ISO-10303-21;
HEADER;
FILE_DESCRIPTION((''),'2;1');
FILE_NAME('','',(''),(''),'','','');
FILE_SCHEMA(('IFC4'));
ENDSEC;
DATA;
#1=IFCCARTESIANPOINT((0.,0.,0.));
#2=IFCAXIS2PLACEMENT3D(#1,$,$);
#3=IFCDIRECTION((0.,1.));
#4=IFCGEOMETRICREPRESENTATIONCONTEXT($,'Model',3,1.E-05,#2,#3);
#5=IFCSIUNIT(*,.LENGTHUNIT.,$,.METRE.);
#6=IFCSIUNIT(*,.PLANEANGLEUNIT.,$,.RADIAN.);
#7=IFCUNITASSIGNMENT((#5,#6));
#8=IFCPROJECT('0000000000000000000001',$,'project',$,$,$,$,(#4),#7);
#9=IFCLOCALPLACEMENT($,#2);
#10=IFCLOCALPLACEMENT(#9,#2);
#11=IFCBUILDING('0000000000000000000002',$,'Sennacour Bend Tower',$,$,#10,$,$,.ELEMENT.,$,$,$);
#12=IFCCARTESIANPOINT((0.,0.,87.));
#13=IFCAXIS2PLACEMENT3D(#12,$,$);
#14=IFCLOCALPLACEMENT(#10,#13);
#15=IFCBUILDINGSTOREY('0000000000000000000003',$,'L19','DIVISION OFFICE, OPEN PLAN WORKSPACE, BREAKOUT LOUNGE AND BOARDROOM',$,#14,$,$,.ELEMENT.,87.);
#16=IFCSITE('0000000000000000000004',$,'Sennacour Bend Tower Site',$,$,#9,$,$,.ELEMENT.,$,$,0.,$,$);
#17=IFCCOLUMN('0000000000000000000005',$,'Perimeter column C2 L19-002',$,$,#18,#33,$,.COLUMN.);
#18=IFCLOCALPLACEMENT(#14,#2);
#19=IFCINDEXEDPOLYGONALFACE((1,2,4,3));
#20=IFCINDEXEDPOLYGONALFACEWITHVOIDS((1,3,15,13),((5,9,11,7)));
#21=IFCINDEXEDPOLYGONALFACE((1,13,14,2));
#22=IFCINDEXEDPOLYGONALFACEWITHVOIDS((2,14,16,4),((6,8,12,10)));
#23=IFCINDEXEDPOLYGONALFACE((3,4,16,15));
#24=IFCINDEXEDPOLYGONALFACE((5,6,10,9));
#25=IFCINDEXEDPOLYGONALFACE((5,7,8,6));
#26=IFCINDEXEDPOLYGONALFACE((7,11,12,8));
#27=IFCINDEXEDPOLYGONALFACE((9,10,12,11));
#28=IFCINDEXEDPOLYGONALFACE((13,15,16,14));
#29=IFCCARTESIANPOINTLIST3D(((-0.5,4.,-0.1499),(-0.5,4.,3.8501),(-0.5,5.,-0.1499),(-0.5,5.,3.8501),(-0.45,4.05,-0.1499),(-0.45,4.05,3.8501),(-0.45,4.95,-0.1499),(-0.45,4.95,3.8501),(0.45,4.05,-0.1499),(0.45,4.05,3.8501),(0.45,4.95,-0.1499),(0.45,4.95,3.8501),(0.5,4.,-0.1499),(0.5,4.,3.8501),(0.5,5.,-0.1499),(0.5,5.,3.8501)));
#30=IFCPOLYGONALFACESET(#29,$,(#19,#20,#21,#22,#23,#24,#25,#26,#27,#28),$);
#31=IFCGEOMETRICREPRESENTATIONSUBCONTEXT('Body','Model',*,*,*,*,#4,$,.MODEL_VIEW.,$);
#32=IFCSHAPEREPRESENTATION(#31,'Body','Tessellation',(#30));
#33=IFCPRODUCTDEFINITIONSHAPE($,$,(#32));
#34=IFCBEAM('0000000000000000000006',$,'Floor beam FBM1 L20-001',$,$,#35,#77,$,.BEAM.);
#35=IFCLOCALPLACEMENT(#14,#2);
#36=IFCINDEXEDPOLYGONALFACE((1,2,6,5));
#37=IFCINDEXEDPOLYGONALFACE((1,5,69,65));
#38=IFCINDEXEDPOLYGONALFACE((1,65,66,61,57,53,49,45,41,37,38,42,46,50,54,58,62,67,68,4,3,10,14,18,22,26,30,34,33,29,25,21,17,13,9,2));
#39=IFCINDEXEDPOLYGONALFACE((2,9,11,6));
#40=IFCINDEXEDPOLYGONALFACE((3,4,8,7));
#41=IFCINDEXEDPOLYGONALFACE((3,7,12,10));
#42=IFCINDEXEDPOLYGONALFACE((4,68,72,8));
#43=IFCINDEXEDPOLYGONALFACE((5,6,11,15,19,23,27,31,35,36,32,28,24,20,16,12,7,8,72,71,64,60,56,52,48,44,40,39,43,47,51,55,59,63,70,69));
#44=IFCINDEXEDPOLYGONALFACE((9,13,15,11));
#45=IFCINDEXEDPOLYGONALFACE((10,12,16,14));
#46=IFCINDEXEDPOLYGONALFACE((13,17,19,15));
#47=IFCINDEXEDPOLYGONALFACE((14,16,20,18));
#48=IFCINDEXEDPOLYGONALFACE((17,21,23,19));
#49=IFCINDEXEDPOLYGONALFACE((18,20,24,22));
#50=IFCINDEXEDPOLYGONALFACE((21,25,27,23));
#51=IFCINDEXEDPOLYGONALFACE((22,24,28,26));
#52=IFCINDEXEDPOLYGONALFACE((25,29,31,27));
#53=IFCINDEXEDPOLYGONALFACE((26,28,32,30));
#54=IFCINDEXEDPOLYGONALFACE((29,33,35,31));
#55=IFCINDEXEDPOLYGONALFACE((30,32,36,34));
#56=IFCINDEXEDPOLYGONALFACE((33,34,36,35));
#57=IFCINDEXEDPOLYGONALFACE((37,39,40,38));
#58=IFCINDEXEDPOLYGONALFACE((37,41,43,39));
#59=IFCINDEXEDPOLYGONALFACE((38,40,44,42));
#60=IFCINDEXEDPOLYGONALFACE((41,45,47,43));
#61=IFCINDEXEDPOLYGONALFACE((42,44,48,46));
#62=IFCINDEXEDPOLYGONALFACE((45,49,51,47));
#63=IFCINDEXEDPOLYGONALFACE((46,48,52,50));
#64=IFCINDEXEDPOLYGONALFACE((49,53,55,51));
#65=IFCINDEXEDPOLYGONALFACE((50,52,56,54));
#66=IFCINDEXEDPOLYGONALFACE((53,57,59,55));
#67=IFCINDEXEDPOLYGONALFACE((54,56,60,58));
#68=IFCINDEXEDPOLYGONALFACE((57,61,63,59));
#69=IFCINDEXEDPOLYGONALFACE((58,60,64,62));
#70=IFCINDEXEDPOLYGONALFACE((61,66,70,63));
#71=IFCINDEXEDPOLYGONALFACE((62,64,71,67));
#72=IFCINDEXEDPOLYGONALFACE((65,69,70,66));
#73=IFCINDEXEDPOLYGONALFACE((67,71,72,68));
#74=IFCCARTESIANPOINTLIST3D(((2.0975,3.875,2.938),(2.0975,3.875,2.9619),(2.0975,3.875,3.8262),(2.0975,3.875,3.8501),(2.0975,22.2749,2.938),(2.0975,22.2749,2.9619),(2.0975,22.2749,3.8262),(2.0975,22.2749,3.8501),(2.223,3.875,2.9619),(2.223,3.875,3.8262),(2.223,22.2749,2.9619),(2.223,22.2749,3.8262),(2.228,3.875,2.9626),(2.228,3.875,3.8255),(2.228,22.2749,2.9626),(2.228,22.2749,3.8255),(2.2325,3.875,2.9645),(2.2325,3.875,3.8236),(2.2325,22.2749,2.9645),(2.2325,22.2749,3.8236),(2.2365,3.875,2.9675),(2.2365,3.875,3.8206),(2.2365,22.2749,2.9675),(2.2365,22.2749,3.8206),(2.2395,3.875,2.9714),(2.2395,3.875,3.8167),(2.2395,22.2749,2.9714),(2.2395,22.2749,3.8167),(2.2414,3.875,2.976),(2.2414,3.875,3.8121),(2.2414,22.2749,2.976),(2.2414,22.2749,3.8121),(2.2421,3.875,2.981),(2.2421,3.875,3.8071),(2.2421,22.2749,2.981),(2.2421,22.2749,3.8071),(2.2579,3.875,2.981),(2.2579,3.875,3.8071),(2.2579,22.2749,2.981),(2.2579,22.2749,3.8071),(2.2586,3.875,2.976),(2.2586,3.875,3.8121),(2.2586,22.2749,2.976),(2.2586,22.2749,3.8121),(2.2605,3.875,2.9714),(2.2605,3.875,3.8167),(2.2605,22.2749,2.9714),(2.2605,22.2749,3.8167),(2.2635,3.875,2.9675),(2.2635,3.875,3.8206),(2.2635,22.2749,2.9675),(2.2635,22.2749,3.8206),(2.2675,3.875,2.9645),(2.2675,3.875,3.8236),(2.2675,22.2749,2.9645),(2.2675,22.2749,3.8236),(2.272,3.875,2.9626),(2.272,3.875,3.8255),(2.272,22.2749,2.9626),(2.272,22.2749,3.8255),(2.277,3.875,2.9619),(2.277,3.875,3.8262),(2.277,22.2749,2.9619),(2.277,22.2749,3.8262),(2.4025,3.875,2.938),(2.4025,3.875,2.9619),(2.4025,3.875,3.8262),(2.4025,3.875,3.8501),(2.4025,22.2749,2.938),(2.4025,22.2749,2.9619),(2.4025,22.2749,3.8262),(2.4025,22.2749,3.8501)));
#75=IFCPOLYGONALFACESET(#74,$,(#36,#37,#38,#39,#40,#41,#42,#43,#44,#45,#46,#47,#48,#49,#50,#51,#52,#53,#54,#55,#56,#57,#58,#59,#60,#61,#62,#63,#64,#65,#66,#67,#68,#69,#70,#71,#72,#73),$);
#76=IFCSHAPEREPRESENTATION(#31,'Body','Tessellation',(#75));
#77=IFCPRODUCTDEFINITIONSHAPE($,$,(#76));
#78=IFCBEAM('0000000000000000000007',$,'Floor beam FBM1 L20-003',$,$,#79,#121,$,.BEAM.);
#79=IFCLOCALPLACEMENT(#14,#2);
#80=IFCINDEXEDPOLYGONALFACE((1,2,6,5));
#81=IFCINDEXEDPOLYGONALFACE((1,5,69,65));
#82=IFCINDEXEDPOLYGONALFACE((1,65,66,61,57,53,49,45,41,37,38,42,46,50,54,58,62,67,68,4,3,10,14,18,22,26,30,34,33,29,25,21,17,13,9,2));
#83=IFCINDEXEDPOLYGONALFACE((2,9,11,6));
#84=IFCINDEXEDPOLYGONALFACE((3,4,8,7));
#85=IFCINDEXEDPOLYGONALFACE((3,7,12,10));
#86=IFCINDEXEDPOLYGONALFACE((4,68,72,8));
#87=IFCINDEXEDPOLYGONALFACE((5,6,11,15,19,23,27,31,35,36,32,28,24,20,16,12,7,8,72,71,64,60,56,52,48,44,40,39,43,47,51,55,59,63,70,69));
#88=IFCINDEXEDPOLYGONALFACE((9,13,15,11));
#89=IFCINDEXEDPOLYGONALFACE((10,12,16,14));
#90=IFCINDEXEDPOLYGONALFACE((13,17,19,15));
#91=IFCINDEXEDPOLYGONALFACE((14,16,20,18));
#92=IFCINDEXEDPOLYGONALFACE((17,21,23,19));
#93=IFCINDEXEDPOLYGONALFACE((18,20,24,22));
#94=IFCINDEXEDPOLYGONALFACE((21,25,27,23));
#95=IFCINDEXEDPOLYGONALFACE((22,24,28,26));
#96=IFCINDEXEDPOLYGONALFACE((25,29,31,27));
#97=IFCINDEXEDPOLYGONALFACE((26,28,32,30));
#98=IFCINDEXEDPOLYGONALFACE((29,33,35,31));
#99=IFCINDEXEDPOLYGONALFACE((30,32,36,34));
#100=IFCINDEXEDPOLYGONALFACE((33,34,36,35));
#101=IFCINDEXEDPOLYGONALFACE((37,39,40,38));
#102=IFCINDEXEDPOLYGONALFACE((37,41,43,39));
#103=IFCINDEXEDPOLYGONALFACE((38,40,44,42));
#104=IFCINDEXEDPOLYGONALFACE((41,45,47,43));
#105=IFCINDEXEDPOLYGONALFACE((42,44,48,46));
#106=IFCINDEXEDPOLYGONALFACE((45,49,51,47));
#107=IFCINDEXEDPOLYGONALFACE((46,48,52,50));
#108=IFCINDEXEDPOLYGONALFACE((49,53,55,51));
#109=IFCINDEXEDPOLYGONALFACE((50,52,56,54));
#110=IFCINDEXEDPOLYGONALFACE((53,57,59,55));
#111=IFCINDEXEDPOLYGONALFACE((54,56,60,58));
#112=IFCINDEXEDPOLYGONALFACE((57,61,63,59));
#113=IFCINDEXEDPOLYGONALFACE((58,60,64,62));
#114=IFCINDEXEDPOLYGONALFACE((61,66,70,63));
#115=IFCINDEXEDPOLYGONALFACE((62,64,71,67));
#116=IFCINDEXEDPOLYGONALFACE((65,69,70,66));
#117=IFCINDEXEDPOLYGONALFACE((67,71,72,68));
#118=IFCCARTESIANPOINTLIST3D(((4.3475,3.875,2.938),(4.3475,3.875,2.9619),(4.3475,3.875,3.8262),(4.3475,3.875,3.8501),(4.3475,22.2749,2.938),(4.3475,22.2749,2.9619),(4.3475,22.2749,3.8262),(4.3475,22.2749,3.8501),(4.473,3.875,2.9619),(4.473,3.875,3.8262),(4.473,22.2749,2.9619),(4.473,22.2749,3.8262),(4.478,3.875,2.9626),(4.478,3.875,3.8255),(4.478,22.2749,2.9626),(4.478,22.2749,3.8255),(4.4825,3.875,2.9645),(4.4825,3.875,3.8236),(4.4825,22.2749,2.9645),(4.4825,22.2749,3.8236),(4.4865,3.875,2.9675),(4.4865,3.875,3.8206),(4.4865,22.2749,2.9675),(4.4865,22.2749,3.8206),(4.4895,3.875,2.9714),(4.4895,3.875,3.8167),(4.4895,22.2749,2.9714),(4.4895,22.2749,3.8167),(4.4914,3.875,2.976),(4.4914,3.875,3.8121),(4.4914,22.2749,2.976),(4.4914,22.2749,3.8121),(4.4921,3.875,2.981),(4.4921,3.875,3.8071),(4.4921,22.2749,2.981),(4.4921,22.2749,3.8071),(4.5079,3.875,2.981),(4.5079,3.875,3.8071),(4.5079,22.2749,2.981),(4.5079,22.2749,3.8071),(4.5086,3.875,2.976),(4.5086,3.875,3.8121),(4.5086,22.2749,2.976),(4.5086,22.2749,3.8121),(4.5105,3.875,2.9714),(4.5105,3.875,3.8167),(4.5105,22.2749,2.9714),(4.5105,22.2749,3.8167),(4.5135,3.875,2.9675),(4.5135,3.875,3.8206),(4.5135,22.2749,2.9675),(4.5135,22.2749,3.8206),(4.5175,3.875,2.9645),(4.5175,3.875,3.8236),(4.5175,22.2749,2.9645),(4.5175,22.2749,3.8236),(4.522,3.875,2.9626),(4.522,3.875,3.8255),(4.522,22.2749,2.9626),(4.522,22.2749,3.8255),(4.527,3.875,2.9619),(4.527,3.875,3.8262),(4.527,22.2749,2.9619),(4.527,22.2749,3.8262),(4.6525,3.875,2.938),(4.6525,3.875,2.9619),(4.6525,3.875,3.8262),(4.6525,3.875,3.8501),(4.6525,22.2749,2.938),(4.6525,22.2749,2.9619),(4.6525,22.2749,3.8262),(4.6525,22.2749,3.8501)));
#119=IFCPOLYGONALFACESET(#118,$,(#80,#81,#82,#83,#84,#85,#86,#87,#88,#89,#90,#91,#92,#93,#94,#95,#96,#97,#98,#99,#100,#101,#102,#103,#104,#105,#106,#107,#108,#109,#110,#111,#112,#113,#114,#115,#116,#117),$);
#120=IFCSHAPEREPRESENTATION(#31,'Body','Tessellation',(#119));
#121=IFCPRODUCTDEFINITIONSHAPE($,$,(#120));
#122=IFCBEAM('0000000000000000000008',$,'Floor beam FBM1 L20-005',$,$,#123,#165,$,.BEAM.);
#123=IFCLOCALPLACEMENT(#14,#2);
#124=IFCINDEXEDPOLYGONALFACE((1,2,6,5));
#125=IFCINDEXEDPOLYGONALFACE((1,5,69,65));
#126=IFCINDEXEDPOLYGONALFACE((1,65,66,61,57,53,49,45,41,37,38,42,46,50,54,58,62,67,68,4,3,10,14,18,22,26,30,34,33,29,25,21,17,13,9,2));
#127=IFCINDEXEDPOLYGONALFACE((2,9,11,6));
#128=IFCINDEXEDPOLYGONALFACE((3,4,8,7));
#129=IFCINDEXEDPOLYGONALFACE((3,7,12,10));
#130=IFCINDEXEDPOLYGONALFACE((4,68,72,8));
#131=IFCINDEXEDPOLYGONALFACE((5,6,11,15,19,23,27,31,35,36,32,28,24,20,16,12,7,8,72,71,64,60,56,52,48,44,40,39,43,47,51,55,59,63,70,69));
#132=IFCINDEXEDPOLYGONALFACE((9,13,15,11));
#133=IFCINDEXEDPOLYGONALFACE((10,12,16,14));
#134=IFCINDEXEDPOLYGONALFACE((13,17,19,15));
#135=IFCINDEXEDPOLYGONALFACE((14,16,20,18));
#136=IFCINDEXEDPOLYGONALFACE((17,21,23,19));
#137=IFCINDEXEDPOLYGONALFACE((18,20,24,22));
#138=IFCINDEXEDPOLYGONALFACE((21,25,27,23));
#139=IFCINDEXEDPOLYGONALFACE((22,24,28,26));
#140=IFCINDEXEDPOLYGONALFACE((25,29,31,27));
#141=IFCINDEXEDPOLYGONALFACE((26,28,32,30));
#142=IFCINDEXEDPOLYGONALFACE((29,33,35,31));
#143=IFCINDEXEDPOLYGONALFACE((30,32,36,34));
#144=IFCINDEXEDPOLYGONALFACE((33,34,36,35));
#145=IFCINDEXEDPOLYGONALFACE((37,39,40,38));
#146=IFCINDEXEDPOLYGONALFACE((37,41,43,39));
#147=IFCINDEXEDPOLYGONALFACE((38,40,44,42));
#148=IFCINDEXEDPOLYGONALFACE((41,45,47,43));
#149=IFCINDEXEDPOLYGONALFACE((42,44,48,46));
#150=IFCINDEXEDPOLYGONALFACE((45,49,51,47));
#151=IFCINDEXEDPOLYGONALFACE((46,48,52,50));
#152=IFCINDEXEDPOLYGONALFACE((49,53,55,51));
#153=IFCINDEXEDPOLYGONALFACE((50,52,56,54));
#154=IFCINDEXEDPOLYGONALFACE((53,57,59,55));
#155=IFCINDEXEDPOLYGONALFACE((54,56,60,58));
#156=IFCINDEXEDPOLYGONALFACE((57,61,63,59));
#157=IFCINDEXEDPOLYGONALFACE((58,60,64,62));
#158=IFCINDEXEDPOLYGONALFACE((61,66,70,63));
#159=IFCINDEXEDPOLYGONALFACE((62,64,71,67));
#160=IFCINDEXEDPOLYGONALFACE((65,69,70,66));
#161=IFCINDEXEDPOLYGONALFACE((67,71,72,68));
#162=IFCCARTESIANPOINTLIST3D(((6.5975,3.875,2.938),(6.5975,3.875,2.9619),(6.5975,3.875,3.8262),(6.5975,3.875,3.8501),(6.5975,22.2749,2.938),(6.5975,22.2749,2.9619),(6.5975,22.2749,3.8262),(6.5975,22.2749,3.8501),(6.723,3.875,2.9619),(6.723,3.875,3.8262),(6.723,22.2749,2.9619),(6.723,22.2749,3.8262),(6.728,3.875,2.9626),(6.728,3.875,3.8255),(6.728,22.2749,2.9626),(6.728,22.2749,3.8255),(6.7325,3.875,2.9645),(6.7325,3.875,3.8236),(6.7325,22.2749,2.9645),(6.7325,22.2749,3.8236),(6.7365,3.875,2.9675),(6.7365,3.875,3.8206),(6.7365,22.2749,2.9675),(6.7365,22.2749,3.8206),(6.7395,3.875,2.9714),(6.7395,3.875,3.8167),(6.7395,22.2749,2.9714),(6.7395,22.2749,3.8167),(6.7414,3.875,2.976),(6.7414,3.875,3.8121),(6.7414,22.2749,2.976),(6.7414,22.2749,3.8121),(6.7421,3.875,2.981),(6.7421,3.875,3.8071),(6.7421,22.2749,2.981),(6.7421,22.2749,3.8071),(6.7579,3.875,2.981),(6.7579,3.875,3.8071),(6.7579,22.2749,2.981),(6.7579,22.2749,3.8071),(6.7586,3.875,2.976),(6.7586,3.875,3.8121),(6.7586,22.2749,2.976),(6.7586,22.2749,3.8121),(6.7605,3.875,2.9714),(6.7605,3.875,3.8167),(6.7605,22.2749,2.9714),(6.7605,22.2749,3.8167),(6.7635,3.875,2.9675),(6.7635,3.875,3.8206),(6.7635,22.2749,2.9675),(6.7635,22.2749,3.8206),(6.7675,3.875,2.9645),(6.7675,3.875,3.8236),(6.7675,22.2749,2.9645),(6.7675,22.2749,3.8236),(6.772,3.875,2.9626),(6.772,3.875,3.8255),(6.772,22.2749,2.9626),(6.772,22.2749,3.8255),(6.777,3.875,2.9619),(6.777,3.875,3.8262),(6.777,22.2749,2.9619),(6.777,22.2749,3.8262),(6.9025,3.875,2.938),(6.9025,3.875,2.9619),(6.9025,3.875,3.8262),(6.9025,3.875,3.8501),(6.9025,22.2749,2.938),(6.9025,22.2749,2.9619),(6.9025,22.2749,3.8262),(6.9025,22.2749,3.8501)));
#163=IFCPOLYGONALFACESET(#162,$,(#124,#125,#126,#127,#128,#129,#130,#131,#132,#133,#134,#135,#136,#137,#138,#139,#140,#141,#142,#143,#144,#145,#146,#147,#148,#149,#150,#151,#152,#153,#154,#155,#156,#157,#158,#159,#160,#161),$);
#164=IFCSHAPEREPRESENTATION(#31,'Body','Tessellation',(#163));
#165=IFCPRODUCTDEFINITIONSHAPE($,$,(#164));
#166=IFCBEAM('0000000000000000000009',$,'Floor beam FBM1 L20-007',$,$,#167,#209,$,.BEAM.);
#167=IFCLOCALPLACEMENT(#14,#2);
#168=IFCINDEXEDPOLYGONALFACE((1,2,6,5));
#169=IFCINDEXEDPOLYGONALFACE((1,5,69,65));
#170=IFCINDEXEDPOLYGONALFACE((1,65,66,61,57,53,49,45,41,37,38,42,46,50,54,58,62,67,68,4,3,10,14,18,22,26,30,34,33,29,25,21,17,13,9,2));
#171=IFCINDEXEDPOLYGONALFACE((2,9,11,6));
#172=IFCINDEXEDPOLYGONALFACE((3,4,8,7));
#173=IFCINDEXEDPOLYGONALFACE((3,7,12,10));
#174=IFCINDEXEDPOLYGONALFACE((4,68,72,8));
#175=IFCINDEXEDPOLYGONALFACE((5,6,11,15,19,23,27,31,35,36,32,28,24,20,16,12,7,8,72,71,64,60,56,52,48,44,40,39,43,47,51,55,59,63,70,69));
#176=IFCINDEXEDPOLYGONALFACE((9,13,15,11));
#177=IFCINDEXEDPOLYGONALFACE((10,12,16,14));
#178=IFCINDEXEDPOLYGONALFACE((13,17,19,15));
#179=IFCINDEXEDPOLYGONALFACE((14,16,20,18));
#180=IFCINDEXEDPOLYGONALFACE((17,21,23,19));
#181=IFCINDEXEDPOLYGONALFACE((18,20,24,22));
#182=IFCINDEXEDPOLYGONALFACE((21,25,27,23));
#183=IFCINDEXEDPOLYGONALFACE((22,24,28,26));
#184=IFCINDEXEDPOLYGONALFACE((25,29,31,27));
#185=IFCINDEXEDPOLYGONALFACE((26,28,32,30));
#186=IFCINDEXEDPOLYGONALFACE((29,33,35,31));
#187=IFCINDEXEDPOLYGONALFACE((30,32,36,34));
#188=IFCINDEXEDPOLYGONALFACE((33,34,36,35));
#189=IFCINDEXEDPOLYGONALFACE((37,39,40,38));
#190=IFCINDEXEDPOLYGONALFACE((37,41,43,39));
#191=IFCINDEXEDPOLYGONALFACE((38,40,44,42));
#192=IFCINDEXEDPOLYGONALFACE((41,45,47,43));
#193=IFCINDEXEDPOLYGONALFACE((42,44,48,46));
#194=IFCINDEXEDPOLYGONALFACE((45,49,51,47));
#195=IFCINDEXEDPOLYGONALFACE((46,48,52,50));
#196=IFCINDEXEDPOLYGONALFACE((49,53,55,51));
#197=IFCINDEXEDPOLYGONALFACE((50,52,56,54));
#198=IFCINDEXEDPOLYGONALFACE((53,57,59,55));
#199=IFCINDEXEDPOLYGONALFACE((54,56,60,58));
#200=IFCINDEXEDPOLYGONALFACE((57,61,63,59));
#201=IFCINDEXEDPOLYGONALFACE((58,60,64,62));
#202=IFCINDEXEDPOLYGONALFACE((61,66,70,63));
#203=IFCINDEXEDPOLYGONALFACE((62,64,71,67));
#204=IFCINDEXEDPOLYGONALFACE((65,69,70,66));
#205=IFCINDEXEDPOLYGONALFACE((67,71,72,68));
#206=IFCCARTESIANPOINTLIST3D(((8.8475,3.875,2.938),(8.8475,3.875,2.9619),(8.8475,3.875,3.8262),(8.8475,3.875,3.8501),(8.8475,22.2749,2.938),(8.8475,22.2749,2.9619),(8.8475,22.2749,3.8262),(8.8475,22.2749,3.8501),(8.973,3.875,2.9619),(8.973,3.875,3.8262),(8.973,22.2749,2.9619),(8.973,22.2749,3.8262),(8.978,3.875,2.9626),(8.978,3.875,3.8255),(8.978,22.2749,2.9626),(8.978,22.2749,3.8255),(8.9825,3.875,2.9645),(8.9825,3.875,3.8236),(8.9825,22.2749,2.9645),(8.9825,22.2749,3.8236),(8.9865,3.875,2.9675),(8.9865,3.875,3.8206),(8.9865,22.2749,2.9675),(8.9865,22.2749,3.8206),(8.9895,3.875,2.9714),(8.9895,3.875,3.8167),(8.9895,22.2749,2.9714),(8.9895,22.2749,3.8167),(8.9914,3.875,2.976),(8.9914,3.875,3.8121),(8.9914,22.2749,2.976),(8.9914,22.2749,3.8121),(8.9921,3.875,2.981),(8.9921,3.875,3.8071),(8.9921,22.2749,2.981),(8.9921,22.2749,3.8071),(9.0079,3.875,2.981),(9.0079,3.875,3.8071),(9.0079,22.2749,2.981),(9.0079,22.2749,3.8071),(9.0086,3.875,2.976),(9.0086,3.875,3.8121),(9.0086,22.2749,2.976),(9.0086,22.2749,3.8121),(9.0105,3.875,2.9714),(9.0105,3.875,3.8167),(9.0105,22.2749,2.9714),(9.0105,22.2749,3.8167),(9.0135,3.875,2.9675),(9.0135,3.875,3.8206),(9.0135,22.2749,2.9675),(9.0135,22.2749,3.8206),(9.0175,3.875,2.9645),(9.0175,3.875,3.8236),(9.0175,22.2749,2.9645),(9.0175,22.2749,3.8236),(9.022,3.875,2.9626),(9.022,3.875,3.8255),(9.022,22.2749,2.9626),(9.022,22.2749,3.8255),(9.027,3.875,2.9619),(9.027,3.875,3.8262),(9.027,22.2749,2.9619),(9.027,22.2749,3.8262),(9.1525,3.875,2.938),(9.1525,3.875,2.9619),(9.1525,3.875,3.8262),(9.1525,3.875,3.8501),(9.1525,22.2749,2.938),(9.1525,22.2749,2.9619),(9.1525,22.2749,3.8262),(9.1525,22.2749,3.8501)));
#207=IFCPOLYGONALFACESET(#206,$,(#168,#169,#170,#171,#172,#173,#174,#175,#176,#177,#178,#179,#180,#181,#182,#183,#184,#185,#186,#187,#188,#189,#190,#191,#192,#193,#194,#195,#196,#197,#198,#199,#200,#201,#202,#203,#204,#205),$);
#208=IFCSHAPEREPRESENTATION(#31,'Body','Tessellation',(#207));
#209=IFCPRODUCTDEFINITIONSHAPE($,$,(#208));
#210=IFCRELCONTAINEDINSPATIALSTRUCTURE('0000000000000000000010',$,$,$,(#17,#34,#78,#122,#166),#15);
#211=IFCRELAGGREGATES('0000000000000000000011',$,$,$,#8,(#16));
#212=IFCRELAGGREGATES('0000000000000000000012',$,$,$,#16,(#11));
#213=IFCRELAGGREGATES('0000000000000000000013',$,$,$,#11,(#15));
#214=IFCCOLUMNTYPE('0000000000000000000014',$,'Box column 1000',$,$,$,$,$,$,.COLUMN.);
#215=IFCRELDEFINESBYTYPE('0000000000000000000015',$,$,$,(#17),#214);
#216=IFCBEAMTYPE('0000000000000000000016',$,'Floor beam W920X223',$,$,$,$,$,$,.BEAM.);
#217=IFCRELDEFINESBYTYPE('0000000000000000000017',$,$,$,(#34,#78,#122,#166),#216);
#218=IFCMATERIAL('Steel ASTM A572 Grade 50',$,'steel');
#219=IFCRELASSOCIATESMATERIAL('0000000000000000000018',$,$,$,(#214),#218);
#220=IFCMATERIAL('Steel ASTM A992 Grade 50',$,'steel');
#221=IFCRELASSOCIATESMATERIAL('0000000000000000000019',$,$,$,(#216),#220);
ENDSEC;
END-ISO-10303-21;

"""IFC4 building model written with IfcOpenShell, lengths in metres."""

from ifc_helpers import new_model, si_unit, direction, frame, origin, origin_2d, place, context, subcontext, project, spatial, hollow_rectangle, i_section, extrude, material, material_profile, profile_set, type_object, element, save


model = new_model("IFC4")

# Units and contexts
model_context = context("Model", 3, precision=1e-05, world=origin(), true_north=direction((0.0, 1.0)))
body_context = subcontext(model_context, "Body", "Model", "MODEL_VIEW")
ifc_project = project(units=[si_unit("LENGTHUNIT", "METRE"), si_unit("PLANEANGLEUNIT", "RADIAN")], contexts=[model_context])

# Site, building, storey
site_placement = place(None, origin())
site = spatial("IfcSite", under=ifc_project, at=site_placement, Name="Sennacour Bend Tower Site", CompositionType="ELEMENT", RefElevation=0.0)
building_placement = place(site_placement, origin())
building = spatial("IfcBuilding", under=site, at=building_placement, Name="Sennacour Bend Tower", CompositionType="ELEMENT")
storey_placement = place(building_placement, frame((0.0, 0.0, 87.0)))
storey = spatial("IfcBuildingStorey", under=building, at=storey_placement, Name="L19", Description="DIVISION OFFICE, OPEN PLAN WORKSPACE, BREAKOUT LOUNGE AND BOARDROOM", CompositionType="ELEMENT", Elevation=87.0)

# Column
ifc_material_1 = material(Name="Steel ASTM A572 Grade 50", Category="steel")
ifc_material_profile_1 = material_profile(ifc_material_1, hollow_rectangle(XDim=1.0, YDim=1.0, WallThickness=0.05, at=origin_2d()), Name="Steel ASTM A572 Grade 50", Category="steel")
ifc_profile_set_1 = profile_set([ifc_material_profile_1], Name="Steel ASTM A572 Grade 50")
column_type = type_object("IfcColumnType", Name="Box column 1000", PredefinedType="COLUMN", material=ifc_profile_set_1)
column_placement = place(storey_placement, frame((0.0, 4.5, -0.1499), z_axis=(0.0, 0.0, 1.0), x_axis=(1.0, 0.0, 0.0)))
element("IfcColumn", 1, at=column_placement, inside=storey, type_object=column_type, Name="Perimeter column C2 L19-002", PredefinedType="COLUMN", context=body_context, shape_type="SweptSolid", body=[
    extrude(hollow_rectangle(XDim=1.0, YDim=1.0, WallThickness=0.05, at=origin_2d()), origin(), (0.0, 0.0, 1.0), 4.0),
])

# Beams
ifc_material_2 = material(Name="Steel ASTM A992 Grade 50", Category="steel")
ifc_material_profile_2 = material_profile(ifc_material_2, i_section(OverallWidth=0.3049, OverallDepth=0.9121, WebThickness=0.0159, FlangeThickness=0.0239, FilletRadius=0.019, at=origin_2d()), Name="Steel ASTM A992 Grade 50", Category="steel")
ifc_profile_set_2 = profile_set([ifc_material_profile_2], Name="Steel ASTM A992 Grade 50")
beam_type_1 = type_object("IfcBeamType", Name="Floor beam W920X223", PredefinedType="BEAM", material=ifc_profile_set_2)
for number, where, z_axis, x_axis, name in (
    (2, (2.25, 3.875, 3.394), (0.0, 1.0, 0.0), (-1.0, 0.0, 0.0), "Floor beam FBM1 L20-001"),
    (3, (4.5, 3.875, 3.394), (0.0, 1.0, 0.0), (-1.0, 0.0, 0.0), "Floor beam FBM1 L20-003"),
    (4, (6.75, 3.875, 3.394), (0.0, 1.0, 0.0), (-1.0, 0.0, 0.0), "Floor beam FBM1 L20-005"),
    (5, (9.0, 3.875, 3.394), (0.0, 1.0, 0.0), (-1.0, 0.0, 0.0), "Floor beam FBM1 L20-007"),
):
    element("IfcBeam", number, at=place(storey_placement, frame(where, z_axis=z_axis, x_axis=x_axis)), inside=storey, type_object=beam_type_1, Name=name, PredefinedType="BEAM", context=body_context, shape_type="SweptSolid", body=[
        extrude(i_section(OverallWidth=0.3049, OverallDepth=0.9121, WebThickness=0.0159, FlangeThickness=0.0239, FilletRadius=0.019, at=origin_2d()), origin(), (0.0, 0.0, 1.0), 18.3999),
    ])

save(model, "model.ifc")
